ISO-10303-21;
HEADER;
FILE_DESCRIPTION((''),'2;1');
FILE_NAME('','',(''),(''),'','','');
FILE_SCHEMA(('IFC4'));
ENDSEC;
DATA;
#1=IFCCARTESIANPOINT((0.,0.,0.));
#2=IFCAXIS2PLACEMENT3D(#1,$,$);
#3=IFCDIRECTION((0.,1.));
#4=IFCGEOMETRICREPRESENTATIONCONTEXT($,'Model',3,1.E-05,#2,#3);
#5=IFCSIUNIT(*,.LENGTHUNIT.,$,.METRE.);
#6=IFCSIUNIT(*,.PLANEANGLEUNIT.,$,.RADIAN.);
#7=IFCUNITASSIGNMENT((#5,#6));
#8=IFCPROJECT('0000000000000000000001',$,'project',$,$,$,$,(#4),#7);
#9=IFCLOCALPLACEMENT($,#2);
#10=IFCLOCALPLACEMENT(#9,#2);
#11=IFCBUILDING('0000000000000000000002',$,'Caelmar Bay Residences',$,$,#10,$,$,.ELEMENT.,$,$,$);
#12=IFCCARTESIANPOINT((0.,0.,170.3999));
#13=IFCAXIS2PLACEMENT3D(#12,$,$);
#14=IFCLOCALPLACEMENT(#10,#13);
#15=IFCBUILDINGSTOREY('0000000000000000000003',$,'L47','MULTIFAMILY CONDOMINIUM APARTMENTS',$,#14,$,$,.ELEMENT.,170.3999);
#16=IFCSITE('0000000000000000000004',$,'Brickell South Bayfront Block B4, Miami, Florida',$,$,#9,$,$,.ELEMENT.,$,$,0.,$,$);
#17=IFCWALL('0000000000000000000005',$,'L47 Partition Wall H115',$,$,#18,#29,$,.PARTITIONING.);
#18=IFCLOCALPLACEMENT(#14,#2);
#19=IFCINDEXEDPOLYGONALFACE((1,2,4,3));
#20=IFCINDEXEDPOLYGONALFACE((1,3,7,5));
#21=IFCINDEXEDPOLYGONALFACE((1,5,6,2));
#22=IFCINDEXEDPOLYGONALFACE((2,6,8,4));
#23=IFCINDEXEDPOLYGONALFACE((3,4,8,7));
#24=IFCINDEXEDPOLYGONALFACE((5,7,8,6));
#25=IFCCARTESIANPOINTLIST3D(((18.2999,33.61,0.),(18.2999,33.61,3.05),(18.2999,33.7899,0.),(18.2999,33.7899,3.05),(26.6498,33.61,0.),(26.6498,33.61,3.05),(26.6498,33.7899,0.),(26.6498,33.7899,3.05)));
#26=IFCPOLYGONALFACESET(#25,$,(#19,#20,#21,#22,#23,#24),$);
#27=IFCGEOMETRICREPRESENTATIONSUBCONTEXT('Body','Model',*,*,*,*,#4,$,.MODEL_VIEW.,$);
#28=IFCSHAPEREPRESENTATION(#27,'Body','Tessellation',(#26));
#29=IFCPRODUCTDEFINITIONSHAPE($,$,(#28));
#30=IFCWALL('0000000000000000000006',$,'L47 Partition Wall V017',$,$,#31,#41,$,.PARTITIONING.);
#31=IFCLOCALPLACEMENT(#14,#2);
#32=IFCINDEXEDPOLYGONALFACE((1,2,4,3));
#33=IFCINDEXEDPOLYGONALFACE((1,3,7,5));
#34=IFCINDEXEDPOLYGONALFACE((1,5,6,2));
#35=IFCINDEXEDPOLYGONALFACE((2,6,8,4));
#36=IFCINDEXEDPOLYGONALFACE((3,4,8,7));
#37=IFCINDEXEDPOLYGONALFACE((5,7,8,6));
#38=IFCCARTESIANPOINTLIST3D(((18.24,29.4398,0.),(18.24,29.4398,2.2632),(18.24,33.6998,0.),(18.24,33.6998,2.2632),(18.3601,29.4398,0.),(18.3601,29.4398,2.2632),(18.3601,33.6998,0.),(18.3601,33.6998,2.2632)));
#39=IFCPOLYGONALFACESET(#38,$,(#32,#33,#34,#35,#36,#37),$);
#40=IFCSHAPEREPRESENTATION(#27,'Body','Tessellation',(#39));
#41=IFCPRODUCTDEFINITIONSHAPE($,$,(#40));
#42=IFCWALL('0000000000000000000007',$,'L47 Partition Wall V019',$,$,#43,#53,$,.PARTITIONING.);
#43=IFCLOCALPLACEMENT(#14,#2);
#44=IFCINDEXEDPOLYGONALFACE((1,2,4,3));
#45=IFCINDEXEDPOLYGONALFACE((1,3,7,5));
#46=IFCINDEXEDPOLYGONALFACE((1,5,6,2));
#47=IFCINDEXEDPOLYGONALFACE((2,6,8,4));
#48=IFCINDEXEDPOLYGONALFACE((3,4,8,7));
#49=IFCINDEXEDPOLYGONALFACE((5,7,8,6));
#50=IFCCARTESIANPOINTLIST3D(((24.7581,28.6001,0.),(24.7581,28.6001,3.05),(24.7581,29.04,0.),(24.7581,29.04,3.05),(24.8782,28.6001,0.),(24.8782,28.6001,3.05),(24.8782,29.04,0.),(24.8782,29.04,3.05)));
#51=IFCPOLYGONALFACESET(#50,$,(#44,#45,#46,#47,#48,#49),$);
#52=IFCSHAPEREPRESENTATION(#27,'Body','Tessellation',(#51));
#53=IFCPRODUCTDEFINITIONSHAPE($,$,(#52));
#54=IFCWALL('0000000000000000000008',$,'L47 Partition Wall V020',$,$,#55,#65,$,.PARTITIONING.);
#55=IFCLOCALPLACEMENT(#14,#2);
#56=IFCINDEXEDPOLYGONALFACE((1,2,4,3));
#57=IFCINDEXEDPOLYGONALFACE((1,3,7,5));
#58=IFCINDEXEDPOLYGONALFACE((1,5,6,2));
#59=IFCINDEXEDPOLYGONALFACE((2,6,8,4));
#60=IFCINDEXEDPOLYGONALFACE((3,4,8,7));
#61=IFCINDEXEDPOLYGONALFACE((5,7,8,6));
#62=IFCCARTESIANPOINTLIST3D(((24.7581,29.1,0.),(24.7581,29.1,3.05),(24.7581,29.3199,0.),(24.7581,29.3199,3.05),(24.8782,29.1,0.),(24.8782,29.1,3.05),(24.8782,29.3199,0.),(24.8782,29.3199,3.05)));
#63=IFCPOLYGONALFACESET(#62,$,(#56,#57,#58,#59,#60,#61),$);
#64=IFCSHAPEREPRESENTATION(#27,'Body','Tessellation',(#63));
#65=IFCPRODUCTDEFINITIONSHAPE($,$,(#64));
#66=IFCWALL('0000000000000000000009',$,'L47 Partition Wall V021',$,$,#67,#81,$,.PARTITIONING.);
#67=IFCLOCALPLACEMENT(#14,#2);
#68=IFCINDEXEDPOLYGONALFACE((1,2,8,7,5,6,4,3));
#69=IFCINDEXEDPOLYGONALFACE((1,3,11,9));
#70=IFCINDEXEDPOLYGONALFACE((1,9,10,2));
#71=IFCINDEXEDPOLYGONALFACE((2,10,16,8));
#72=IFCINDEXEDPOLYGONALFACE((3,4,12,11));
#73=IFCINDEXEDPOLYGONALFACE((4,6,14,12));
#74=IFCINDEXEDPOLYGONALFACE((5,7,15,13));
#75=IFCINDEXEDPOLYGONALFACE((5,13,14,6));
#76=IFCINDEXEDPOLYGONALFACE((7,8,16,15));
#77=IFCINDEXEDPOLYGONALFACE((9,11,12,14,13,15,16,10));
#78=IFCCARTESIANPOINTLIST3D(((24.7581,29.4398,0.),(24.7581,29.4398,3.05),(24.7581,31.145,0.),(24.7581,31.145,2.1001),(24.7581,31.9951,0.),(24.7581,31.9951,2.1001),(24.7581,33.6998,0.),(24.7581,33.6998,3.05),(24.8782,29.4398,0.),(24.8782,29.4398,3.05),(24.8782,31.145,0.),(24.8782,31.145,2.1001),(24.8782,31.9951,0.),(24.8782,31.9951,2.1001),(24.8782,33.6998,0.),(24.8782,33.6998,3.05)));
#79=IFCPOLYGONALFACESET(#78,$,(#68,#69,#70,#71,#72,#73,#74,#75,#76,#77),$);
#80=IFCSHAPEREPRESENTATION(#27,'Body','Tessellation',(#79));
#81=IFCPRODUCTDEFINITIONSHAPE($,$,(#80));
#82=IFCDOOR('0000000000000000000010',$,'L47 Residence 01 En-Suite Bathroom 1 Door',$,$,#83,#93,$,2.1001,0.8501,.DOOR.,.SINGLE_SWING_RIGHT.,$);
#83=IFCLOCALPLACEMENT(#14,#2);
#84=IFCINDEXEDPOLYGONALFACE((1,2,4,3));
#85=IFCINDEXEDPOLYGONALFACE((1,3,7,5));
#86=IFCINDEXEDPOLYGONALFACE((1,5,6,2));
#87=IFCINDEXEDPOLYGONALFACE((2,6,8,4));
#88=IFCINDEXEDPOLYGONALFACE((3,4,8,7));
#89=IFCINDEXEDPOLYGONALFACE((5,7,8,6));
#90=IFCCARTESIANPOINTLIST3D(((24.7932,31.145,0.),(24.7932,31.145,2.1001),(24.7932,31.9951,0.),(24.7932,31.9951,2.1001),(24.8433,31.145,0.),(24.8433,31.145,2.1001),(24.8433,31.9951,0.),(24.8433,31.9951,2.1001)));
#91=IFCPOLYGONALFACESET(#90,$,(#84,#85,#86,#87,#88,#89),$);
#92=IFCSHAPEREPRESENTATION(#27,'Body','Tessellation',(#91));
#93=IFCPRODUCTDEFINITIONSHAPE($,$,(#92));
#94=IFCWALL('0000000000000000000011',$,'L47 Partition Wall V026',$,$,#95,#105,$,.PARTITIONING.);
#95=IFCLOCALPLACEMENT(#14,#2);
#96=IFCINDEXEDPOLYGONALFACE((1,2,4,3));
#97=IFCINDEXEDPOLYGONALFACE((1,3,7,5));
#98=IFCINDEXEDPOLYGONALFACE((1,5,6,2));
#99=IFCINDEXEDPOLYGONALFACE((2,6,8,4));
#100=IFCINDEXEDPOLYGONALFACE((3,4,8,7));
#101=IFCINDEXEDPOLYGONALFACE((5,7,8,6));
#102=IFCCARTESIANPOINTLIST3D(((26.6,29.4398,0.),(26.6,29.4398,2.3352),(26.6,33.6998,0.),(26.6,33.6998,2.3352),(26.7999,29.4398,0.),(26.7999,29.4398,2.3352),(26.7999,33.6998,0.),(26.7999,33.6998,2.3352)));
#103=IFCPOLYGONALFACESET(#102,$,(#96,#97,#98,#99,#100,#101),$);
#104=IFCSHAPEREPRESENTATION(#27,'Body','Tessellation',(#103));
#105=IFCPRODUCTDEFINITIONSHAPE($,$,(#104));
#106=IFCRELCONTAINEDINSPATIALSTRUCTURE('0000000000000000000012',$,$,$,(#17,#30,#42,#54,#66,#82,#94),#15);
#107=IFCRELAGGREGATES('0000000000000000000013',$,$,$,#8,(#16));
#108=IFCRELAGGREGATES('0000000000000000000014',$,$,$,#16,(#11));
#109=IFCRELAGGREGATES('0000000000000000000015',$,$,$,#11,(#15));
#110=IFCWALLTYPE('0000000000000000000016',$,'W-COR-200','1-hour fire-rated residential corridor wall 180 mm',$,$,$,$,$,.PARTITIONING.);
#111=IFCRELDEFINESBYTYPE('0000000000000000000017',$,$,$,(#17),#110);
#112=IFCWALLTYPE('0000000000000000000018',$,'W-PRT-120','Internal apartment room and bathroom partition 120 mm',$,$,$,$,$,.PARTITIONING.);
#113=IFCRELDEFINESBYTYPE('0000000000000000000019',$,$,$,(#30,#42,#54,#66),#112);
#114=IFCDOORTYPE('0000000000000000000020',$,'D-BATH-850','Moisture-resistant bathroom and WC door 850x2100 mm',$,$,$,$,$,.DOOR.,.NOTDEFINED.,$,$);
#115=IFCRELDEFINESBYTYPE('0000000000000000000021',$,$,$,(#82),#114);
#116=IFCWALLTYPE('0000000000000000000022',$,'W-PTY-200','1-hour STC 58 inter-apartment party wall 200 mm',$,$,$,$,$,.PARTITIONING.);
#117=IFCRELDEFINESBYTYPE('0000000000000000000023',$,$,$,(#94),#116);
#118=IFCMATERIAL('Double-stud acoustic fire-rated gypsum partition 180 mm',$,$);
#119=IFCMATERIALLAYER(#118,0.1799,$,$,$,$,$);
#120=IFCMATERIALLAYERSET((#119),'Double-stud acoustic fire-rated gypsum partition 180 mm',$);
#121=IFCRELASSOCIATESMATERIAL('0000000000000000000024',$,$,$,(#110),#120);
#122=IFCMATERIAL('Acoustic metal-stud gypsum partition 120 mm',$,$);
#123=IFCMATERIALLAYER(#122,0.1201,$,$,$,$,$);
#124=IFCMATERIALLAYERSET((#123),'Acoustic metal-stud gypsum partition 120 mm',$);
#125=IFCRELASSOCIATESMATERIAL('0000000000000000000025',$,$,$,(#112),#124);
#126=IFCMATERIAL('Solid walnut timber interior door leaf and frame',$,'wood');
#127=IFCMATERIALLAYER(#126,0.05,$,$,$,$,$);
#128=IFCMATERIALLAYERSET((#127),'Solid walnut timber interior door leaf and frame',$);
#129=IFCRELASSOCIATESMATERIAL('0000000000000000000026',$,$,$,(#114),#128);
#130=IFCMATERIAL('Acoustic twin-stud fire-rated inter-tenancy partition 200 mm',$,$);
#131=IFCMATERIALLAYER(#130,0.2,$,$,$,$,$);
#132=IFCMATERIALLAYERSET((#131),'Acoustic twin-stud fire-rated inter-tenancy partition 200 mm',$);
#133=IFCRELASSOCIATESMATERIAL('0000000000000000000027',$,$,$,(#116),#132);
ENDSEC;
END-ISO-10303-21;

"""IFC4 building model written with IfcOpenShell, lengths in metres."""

from ifc_helpers import new_model, si_unit, direction, frame, frame_2d, origin, place, context, subcontext, project, spatial, rectangle, extrude, material, layer, layer_set, type_object, element, fill, save


model = new_model("IFC4")

# Units and contexts
model_context = context("Model", 3, precision=1e-05, world=origin(), true_north=direction((0.0, 1.0)))
body_context = subcontext(model_context, "Body", "Model", "MODEL_VIEW")
ifc_project = project(units=[si_unit("LENGTHUNIT", "METRE"), si_unit("PLANEANGLEUNIT", "RADIAN")], contexts=[model_context])

# Site, building, storey
site_placement = place(None, origin())
site = spatial("IfcSite", under=ifc_project, at=site_placement, Name="Brickell South Bayfront Block B4, Miami, Florida", CompositionType="ELEMENT", RefElevation=0.0)
building_placement = place(site_placement, origin())
building = spatial("IfcBuilding", under=site, at=building_placement, Name="Caelmar Bay Residences", CompositionType="ELEMENT")
storey_placement = place(building_placement, frame((0.0, 0.0, 170.3999)))
storey = spatial("IfcBuildingStorey", under=building, at=storey_placement, Name="L47", Description="MULTIFAMILY CONDOMINIUM APARTMENTS", CompositionType="ELEMENT", Elevation=170.3999)

# Walls
ifc_material_1 = material(Name="Double-stud acoustic fire-rated gypsum partition 180 mm")
ifc_layer_1 = layer(ifc_material_1, 0.1799)
ifc_layer_set_1 = layer_set([ifc_layer_1], Name="Double-stud acoustic fire-rated gypsum partition 180 mm")
wall_type_1 = type_object("IfcWallType", Name="W-COR-200", Description="1-hour fire-rated residential corridor wall 180 mm", PredefinedType="PARTITIONING", material=ifc_layer_set_1)
wall_1_placement = place(storey_placement, frame((18.3, 33.7, 0.0), z_axis=(0.0, 0.0, 1.0), x_axis=(1.0, 0.0, 0.0)))
element("IfcWall", 1, at=wall_1_placement, inside=storey, type_object=wall_type_1, Name="L47 Partition Wall H115", PredefinedType="PARTITIONING", context=body_context, shape_type="SweptSolid", body=[
    extrude(rectangle(XDim=8.3499, YDim=0.1799, at=frame_2d((4.1748, 0.0))), origin(), (0.0, 0.0, 1.0), 3.05),
])
ifc_material_2 = material(Name="Acoustic metal-stud gypsum partition 120 mm")
ifc_layer_2 = layer(ifc_material_2, 0.1201)
ifc_layer_set_2 = layer_set([ifc_layer_2], Name="Acoustic metal-stud gypsum partition 120 mm")
wall_type_2 = type_object("IfcWallType", Name="W-PRT-120", Description="Internal apartment room and bathroom partition 120 mm", PredefinedType="PARTITIONING", material=ifc_layer_set_2)
wall_2_placement = place(storey_placement, frame((18.3, 29.4399, 0.0), z_axis=(0.0, 0.0, 1.0), x_axis=(0.0, 1.0, 0.0)))
element("IfcWall", 2, at=wall_2_placement, inside=storey, type_object=wall_type_2, Name="L47 Partition Wall V017", PredefinedType="PARTITIONING", context=body_context, shape_type="SweptSolid", body=[
    extrude(rectangle(XDim=4.26, YDim=0.1201, at=frame_2d((2.1299, 0.0))), origin(), (0.0, 0.0, 1.0), 2.2632),
])
wall_3_placement = place(storey_placement, frame((24.8181, 28.6001, 0.0), z_axis=(0.0, 0.0, 1.0), x_axis=(0.0, 1.0, 0.0)))
element("IfcWall", 3, at=wall_3_placement, inside=storey, type_object=wall_type_2, Name="L47 Partition Wall V019", PredefinedType="PARTITIONING", context=body_context, shape_type="SweptSolid", body=[
    extrude(rectangle(XDim=0.4399, YDim=0.1201, at=frame_2d((0.22, 0.0))), origin(), (0.0, 0.0, 1.0), 3.05),
])
wall_4_placement = place(storey_placement, frame((24.8181, 29.1001, 0.0), z_axis=(0.0, 0.0, 1.0), x_axis=(0.0, 1.0, 0.0)))
element("IfcWall", 4, at=wall_4_placement, inside=storey, type_object=wall_type_2, Name="L47 Partition Wall V020", PredefinedType="PARTITIONING", context=body_context, shape_type="SweptSolid", body=[
    extrude(rectangle(XDim=0.22, YDim=0.1201, at=frame_2d((0.1099, 0.0))), origin(), (0.0, 0.0, 1.0), 3.05),
])

# Wall, opening, door
wall_5_placement = place(storey_placement, frame((24.8181, 29.4399, 0.0), z_axis=(0.0, 0.0, 1.0), x_axis=(0.0, 1.0, 0.0)))
wall_5 = element("IfcWall", 5, at=wall_5_placement, inside=storey, type_object=wall_type_2, Name="L47 Partition Wall V021", PredefinedType="PARTITIONING", context=body_context, shape_type="SweptSolid", body=[
    extrude(rectangle(XDim=4.26, YDim=0.1201, at=frame_2d((2.1299, 0.0))), origin(), (0.0, 0.0, 1.0), 3.05),
])
opening_1_placement = place(wall_5_placement, frame((1.7051, 0.0, 0.0)))
opening_1 = element("IfcOpeningElement", 6, at=opening_1_placement, cuts=wall_5, PredefinedType="OPENING", context=body_context, shape_type="SweptSolid", body=[
    extrude(rectangle(XDim=0.8501, YDim=2.1001, at=frame_2d((0.425, 1.05))), frame((0.0, 0.0701, 0.0), z_axis=(0.0, -1.0, 0.0), x_axis=(1.0, 0.0, 0.0)), (0.0, 0.0, 1.0), 0.1401),
])
ifc_material_3 = material(Name="Solid walnut timber interior door leaf and frame", Category="wood")
ifc_layer_3 = layer(ifc_material_3, 0.05)
ifc_layer_set_3 = layer_set([ifc_layer_3], Name="Solid walnut timber interior door leaf and frame")
door_type_1 = type_object("IfcDoorType", Name="D-BATH-850", Description="Moisture-resistant bathroom and WC door 850x2100 mm", OperationType="NOTDEFINED", PredefinedType="DOOR", material=ifc_layer_set_3)
door_1_placement = place(opening_1_placement, origin())
door_1 = element("IfcDoor", 7, at=door_1_placement, inside=storey, type_object=door_type_1, Name="L47 Residence 01 En-Suite Bathroom 1 Door", OperationType="SINGLE_SWING_RIGHT", OverallHeight=2.1001, OverallWidth=0.8501, PredefinedType="DOOR", context=body_context, shape_type="SweptSolid", body=[
    extrude(rectangle(XDim=0.8501, YDim=2.1001, at=frame_2d((0.425, 1.05))), frame((0.0, 0.0249, 0.0), z_axis=(0.0, -1.0, 0.0), x_axis=(1.0, 0.0, 0.0)), (0.0, 0.0, 1.0), 0.05),
])
fill(opening_1, door_1)

# Wall
ifc_material_4 = material(Name="Acoustic twin-stud fire-rated inter-tenancy partition 200 mm")
ifc_layer_4 = layer(ifc_material_4, 0.2)
ifc_layer_set_4 = layer_set([ifc_layer_4], Name="Acoustic twin-stud fire-rated inter-tenancy partition 200 mm")
wall_type_3 = type_object("IfcWallType", Name="W-PTY-200", Description="1-hour STC 58 inter-apartment party wall 200 mm", PredefinedType="PARTITIONING", material=ifc_layer_set_4)
wall_6_placement = place(storey_placement, frame((26.7, 29.4399, 0.0), z_axis=(0.0, 0.0, 1.0), x_axis=(0.0, 1.0, 0.0)))
element("IfcWall", 8, at=wall_6_placement, inside=storey, type_object=wall_type_3, Name="L47 Partition Wall V026", PredefinedType="PARTITIONING", context=body_context, shape_type="SweptSolid", body=[
    extrude(rectangle(XDim=4.26, YDim=0.2, at=frame_2d((2.1299, 0.0))), origin(), (0.0, 0.0, 1.0), 2.3352),
])

save(model, "model.ifc")
